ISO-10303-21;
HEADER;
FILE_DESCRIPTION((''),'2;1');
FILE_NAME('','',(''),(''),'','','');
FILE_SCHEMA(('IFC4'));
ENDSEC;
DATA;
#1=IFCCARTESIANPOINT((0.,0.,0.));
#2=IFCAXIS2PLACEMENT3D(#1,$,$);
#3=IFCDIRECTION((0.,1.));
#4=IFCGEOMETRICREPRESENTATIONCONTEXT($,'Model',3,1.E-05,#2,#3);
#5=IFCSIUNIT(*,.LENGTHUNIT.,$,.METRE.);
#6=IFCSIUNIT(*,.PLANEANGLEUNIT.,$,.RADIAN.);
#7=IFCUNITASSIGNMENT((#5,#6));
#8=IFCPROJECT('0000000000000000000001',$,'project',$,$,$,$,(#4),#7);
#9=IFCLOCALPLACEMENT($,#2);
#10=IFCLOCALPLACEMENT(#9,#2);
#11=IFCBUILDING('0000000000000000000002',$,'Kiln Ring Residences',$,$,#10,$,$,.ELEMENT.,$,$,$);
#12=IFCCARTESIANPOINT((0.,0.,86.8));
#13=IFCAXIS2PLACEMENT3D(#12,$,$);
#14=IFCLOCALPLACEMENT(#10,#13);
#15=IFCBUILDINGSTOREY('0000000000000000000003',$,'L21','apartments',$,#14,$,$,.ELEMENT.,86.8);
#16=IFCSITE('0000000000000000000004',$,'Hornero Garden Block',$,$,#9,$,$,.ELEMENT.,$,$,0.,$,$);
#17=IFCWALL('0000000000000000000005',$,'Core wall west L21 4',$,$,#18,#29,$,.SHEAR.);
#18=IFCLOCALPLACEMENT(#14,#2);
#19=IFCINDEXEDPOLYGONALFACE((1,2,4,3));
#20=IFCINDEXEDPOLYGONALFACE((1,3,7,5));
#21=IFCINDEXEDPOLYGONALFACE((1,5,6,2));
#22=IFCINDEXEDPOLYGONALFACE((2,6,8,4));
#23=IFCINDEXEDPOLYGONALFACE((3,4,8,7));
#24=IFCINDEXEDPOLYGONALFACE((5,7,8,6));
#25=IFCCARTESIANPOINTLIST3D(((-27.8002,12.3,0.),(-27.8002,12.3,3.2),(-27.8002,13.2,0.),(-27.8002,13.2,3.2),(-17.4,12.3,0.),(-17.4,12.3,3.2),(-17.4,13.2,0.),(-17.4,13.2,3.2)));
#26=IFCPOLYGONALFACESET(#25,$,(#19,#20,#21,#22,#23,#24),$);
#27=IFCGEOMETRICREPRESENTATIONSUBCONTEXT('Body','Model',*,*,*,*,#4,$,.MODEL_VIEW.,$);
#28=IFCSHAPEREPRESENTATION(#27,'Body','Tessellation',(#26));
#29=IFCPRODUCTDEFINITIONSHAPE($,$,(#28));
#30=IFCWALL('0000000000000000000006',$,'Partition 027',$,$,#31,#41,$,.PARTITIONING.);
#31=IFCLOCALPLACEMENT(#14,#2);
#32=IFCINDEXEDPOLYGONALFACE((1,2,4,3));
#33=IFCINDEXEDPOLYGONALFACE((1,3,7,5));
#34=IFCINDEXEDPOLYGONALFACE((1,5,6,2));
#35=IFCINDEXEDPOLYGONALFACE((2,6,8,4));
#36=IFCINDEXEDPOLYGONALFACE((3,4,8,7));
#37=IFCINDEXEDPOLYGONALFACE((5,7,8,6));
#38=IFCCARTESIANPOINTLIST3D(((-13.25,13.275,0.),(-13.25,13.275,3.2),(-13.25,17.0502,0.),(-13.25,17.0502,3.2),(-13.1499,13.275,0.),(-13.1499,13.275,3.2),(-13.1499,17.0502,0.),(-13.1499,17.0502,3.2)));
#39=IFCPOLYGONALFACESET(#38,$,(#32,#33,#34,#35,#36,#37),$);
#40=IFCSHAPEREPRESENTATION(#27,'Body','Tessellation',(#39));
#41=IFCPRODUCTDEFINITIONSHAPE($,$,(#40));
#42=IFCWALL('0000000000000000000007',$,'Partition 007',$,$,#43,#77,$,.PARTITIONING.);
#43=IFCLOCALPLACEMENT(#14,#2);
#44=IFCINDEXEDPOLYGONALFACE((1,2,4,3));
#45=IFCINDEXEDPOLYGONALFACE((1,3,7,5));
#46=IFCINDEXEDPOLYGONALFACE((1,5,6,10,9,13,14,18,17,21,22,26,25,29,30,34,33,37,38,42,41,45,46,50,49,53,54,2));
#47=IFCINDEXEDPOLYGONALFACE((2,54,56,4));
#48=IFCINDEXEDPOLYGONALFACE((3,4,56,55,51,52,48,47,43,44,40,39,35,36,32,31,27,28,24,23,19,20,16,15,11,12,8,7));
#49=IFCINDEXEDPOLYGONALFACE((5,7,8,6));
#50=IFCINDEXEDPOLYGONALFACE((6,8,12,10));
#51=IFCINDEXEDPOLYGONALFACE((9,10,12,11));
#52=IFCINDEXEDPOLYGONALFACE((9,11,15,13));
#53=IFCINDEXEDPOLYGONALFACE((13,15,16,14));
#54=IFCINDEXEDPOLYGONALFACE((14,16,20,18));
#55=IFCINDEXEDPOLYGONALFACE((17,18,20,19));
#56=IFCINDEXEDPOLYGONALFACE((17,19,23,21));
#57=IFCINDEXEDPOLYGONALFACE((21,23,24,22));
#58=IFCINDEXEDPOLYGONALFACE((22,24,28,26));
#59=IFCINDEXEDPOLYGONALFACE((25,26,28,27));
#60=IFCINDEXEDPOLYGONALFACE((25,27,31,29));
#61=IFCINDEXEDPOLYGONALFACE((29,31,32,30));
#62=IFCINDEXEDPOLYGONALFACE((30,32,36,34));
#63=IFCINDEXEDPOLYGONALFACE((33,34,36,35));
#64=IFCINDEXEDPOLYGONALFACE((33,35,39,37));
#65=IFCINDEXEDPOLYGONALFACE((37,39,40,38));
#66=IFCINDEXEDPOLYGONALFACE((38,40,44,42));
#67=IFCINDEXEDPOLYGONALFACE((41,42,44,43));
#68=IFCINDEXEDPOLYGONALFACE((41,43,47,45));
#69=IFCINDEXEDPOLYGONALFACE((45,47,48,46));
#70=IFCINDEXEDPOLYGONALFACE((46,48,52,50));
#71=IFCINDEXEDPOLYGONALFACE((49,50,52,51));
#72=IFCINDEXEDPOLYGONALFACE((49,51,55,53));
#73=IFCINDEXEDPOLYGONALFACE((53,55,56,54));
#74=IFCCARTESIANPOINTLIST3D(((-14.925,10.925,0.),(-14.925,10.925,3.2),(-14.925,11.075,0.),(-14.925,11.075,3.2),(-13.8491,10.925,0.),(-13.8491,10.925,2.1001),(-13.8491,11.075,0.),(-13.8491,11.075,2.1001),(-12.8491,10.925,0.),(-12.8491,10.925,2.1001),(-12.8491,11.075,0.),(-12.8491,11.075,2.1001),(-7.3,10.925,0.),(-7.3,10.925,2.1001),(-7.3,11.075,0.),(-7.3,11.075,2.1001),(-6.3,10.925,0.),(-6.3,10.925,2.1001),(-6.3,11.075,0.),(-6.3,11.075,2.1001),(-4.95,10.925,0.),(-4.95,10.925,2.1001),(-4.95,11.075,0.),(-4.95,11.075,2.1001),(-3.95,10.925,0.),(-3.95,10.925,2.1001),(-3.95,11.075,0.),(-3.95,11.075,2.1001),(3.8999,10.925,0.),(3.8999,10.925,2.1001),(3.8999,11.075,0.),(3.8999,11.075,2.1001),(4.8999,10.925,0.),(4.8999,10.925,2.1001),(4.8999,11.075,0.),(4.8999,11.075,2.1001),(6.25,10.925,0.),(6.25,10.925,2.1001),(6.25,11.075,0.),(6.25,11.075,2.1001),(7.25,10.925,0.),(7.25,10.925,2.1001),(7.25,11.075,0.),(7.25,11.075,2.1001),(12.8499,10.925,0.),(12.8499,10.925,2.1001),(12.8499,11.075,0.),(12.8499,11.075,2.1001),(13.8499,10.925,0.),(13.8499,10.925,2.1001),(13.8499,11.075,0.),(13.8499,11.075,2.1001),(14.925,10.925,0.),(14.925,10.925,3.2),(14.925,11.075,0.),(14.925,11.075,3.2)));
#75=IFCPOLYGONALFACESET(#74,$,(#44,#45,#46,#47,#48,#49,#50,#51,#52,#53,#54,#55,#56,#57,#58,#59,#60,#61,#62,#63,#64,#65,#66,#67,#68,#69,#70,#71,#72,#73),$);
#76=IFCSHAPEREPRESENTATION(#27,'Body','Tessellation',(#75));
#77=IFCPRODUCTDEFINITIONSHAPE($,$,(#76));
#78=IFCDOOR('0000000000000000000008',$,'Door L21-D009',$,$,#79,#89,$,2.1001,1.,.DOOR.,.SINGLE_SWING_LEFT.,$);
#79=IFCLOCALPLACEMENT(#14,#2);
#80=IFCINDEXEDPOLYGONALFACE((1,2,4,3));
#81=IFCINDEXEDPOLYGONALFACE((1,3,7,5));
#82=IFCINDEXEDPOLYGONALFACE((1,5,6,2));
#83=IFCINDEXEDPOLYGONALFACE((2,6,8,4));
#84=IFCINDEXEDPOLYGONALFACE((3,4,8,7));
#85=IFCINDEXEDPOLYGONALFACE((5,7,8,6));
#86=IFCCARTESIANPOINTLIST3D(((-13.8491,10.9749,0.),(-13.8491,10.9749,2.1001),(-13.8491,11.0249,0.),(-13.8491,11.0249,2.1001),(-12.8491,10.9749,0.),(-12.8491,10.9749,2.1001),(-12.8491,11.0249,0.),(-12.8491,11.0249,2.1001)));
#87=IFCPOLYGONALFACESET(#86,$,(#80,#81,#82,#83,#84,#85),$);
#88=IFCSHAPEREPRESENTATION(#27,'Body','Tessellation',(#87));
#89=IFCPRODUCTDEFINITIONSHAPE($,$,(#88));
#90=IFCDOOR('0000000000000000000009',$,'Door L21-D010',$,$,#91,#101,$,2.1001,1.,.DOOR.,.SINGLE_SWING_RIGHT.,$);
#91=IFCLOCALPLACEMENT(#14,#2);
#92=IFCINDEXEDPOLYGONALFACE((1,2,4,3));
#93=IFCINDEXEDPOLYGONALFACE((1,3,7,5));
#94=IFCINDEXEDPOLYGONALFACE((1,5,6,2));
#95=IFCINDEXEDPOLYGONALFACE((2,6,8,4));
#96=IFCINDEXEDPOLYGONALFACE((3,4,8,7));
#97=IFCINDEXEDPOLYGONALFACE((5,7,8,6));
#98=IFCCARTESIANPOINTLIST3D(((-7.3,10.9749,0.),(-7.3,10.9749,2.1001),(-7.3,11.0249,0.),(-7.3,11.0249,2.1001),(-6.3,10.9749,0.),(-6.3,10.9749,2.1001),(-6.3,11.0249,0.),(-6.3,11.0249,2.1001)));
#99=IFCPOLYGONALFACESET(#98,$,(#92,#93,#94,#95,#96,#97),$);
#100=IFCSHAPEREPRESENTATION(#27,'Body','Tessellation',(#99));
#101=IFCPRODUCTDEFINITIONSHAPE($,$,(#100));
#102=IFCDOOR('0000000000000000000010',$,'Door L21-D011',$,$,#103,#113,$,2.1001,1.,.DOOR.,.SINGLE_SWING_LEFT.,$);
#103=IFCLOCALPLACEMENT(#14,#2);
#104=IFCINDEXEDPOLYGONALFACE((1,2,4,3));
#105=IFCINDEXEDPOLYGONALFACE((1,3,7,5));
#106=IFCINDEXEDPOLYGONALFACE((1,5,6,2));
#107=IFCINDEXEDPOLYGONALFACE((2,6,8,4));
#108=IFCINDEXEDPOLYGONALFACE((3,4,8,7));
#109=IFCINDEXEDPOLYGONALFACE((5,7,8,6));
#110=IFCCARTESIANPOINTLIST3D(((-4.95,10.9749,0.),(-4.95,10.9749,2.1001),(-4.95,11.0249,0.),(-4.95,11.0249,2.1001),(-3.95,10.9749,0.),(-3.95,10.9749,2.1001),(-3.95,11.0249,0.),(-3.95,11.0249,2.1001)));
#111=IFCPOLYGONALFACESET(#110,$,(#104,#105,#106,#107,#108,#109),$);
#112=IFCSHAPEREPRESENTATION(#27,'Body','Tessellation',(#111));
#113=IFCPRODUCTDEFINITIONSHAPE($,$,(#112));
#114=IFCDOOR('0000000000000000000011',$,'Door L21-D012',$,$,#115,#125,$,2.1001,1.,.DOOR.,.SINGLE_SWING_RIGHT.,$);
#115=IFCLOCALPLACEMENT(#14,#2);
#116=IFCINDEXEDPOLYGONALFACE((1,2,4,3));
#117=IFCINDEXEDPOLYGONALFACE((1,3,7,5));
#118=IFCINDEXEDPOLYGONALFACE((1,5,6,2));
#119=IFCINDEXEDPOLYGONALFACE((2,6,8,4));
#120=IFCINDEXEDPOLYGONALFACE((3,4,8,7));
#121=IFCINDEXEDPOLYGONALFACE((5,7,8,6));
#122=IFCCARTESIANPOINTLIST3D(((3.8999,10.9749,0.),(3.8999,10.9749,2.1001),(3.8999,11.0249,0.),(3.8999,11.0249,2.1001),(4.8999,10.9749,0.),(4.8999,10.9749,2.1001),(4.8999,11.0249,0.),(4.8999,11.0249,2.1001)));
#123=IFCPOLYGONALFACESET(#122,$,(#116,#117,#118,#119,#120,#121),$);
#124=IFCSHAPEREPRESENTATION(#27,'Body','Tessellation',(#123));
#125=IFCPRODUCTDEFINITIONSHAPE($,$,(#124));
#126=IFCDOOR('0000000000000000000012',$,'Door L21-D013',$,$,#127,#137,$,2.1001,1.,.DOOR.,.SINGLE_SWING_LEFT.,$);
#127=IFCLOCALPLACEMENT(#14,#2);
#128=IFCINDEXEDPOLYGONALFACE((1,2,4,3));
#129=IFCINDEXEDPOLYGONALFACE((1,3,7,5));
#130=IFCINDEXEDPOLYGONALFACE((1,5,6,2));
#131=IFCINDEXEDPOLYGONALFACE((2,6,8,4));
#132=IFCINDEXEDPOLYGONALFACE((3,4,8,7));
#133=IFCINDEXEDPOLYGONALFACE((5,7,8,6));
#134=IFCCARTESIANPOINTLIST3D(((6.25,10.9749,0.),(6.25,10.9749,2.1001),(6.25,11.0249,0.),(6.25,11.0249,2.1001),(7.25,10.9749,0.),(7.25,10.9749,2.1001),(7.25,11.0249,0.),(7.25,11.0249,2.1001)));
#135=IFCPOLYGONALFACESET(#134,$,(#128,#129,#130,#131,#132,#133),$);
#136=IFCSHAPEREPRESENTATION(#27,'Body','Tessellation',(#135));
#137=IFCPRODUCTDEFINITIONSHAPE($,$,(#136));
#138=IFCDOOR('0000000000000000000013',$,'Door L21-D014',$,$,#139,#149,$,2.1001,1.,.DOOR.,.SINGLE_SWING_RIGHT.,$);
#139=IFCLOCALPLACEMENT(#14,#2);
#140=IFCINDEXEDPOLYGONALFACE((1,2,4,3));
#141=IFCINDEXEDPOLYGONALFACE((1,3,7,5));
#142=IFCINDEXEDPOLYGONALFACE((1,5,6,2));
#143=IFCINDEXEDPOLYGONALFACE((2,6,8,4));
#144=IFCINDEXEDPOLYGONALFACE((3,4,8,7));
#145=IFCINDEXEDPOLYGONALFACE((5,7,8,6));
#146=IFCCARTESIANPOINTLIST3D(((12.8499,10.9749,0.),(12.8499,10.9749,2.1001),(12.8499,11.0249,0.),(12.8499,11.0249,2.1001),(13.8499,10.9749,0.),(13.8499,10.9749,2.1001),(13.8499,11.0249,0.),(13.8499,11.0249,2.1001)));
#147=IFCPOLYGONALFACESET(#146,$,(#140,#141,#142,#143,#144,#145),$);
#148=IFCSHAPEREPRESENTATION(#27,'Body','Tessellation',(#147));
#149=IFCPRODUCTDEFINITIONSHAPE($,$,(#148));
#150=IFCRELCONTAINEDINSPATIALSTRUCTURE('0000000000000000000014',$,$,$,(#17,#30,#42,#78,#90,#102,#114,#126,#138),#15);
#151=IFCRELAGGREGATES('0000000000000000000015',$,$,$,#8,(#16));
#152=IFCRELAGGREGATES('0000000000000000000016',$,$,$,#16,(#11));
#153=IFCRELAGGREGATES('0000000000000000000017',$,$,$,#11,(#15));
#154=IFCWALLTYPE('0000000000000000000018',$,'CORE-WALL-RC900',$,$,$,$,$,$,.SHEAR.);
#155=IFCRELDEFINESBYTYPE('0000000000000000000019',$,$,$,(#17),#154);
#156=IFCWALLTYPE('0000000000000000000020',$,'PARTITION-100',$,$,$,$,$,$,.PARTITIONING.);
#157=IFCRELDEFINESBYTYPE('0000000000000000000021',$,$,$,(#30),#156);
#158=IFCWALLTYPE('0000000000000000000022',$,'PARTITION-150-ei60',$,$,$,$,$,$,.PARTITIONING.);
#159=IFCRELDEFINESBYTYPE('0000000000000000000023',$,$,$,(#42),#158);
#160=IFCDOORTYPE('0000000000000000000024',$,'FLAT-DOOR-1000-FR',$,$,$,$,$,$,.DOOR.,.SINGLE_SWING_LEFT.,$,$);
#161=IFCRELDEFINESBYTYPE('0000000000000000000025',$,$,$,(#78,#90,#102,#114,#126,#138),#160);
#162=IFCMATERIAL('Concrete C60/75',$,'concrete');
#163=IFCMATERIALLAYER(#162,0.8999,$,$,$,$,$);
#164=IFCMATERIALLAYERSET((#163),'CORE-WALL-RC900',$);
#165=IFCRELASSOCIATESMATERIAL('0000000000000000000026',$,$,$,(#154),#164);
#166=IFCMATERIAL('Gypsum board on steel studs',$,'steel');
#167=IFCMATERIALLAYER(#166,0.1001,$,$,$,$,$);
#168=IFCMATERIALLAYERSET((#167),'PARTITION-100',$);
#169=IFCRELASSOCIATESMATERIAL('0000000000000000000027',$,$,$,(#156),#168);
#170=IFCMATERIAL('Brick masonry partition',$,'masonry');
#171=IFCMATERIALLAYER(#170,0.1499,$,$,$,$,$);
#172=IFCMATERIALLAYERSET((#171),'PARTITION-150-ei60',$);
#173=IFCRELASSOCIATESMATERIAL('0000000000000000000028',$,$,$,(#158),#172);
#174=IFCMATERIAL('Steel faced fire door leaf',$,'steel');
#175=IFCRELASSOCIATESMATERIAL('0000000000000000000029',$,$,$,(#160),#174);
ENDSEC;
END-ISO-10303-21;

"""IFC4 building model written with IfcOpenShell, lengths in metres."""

from ifc_helpers import new_model, si_unit, direction, frame, frame_2d, origin, place, context, subcontext, project, spatial, rectangle, extrude, material, layer, layer_set, type_object, element, fill, save


model = new_model("IFC4")

# Units and contexts
model_context = context("Model", 3, precision=1e-05, world=origin(), true_north=direction((0.0, 1.0)))
body_context = subcontext(model_context, "Body", "Model", "MODEL_VIEW")
ifc_project = project(units=[si_unit("LENGTHUNIT", "METRE"), si_unit("PLANEANGLEUNIT", "RADIAN")], contexts=[model_context])

# Site, building, storey
site_placement = place(None, origin())
site = spatial("IfcSite", under=ifc_project, at=site_placement, Name="Hornero Garden Block", CompositionType="ELEMENT", RefElevation=0.0)
building_placement = place(site_placement, origin())
building = spatial("IfcBuilding", under=site, at=building_placement, Name="Kiln Ring Residences", CompositionType="ELEMENT")
storey_placement = place(building_placement, frame((0.0, 0.0, 86.8)))
storey = spatial("IfcBuildingStorey", under=building, at=storey_placement, Name="L21", Description="apartments", CompositionType="ELEMENT", Elevation=86.8)

# Walls
ifc_material_1 = material(Name="Concrete C60/75", Category="concrete")
ifc_layer_1 = layer(ifc_material_1, 0.8999)
ifc_layer_set_1 = layer_set([ifc_layer_1], Name="CORE-WALL-RC900")
wall_type_1 = type_object("IfcWallType", Name="CORE-WALL-RC900", PredefinedType="SHEAR", material=ifc_layer_set_1)
wall_1_placement = place(storey_placement, frame((-17.3999, 12.75, 0.0), z_axis=(0.0, 0.0, 1.0), x_axis=(-1.0, 0.0, 0.0)))
element("IfcWall", 1, at=wall_1_placement, inside=storey, type_object=wall_type_1, Name="Core wall west L21 4", PredefinedType="SHEAR", context=body_context, shape_type="SweptSolid", body=[
    extrude(rectangle(XDim=10.4001, YDim=0.8999, at=frame_2d((5.2002, 0.0))), origin(), (0.0, 0.0, 1.0), 3.2),
])
ifc_material_2 = material(Name="Gypsum board on steel studs", Category="steel")
ifc_layer_2 = layer(ifc_material_2, 0.1001)
ifc_layer_set_2 = layer_set([ifc_layer_2], Name="PARTITION-100")
wall_type_2 = type_object("IfcWallType", Name="PARTITION-100", PredefinedType="PARTITIONING", material=ifc_layer_set_2)
wall_2_placement = place(storey_placement, frame((-13.2, 13.2749, 0.0), z_axis=(0.0, 0.0, 1.0), x_axis=(0.0, 1.0, 0.0)))
element("IfcWall", 2, at=wall_2_placement, inside=storey, type_object=wall_type_2, Name="Partition 027", PredefinedType="PARTITIONING", context=body_context, shape_type="SweptSolid", body=[
    extrude(rectangle(XDim=3.7751, YDim=0.1001, at=frame_2d((1.8877, 0.0))), origin(), (0.0, 0.0, 1.0), 3.2),
])

# Wall, openings, doors
ifc_material_3 = material(Name="Brick masonry partition", Category="masonry")
ifc_layer_3 = layer(ifc_material_3, 0.1499)
ifc_layer_set_3 = layer_set([ifc_layer_3], Name="PARTITION-150-ei60")
wall_type_3 = type_object("IfcWallType", Name="PARTITION-150-ei60", PredefinedType="PARTITIONING", material=ifc_layer_set_3)
wall_3_placement = place(storey_placement, frame((-14.925, 11.0, 0.0), z_axis=(0.0, 0.0, 1.0), x_axis=(1.0, 0.0, 0.0)))
wall_3 = element("IfcWall", 3, at=wall_3_placement, inside=storey, type_object=wall_type_3, Name="Partition 007", PredefinedType="PARTITIONING", context=body_context, shape_type="SweptSolid", body=[
    extrude(rectangle(XDim=29.8501, YDim=0.1499, at=frame_2d((14.925, 0.0))), origin(), (0.0, 0.0, 1.0), 3.2),
])
opening_1_placement = place(wall_3_placement, frame((1.0759, 0.0, 0.0)))
opening_1 = element("IfcOpeningElement", 4, at=opening_1_placement, cuts=wall_3, PredefinedType="OPENING", context=body_context, shape_type="SweptSolid", body=[
    extrude(rectangle(XDim=1.0, YDim=2.1001, at=frame_2d((0.5, 1.05))), frame((0.0, 0.085, 0.0), z_axis=(0.0, -1.0, 0.0), x_axis=(1.0, 0.0, 0.0)), (0.0, 0.0, 1.0), 0.1699),
])
opening_2_placement = place(wall_3_placement, frame((7.625, 0.0, 0.0)))
opening_2 = element("IfcOpeningElement", 5, at=opening_2_placement, cuts=wall_3, PredefinedType="OPENING", context=body_context, shape_type="SweptSolid", body=[
    extrude(rectangle(XDim=1.0, YDim=2.1001, at=frame_2d((0.5, 1.05))), frame((0.0, 0.085, 0.0), z_axis=(0.0, -1.0, 0.0), x_axis=(1.0, 0.0, 0.0)), (0.0, 0.0, 1.0), 0.1699),
])
opening_3_placement = place(wall_3_placement, frame((9.9751, 0.0, 0.0)))
opening_3 = element("IfcOpeningElement", 6, at=opening_3_placement, cuts=wall_3, PredefinedType="OPENING", context=body_context, shape_type="SweptSolid", body=[
    extrude(rectangle(XDim=1.0, YDim=2.1001, at=frame_2d((0.5, 1.05))), frame((0.0, 0.085, 0.0), z_axis=(0.0, -1.0, 0.0), x_axis=(1.0, 0.0, 0.0)), (0.0, 0.0, 1.0), 0.1699),
])
opening_4_placement = place(wall_3_placement, frame((18.825, 0.0, 0.0)))
opening_4 = element("IfcOpeningElement", 7, at=opening_4_placement, cuts=wall_3, PredefinedType="OPENING", context=body_context, shape_type="SweptSolid", body=[
    extrude(rectangle(XDim=1.0, YDim=2.1001, at=frame_2d((0.5, 1.05))), frame((0.0, 0.085, 0.0), z_axis=(0.0, -1.0, 0.0), x_axis=(1.0, 0.0, 0.0)), (0.0, 0.0, 1.0), 0.1699),
])
opening_5_placement = place(wall_3_placement, frame((21.175, 0.0, 0.0)))
opening_5 = element("IfcOpeningElement", 8, at=opening_5_placement, cuts=wall_3, PredefinedType="OPENING", context=body_context, shape_type="SweptSolid", body=[
    extrude(rectangle(XDim=1.0, YDim=2.1001, at=frame_2d((0.5, 1.05))), frame((0.0, 0.085, 0.0), z_axis=(0.0, -1.0, 0.0), x_axis=(1.0, 0.0, 0.0)), (0.0, 0.0, 1.0), 0.1699),
])
opening_6_placement = place(wall_3_placement, frame((27.7749, 0.0, 0.0)))
opening_6 = element("IfcOpeningElement", 9, at=opening_6_placement, cuts=wall_3, PredefinedType="OPENING", context=body_context, shape_type="SweptSolid", body=[
    extrude(rectangle(XDim=1.0, YDim=2.1001, at=frame_2d((0.5, 1.05))), frame((0.0, 0.085, 0.0), z_axis=(0.0, -1.0, 0.0), x_axis=(1.0, 0.0, 0.0)), (0.0, 0.0, 1.0), 0.1699),
])
ifc_material_4 = material(Name="Steel faced fire door leaf", Category="steel")
door_type = type_object("IfcDoorType", Name="FLAT-DOOR-1000-FR", OperationType="SINGLE_SWING_LEFT", PredefinedType="DOOR", material=ifc_material_4)
door_1_placement = place(opening_1_placement, origin())
door_1 = element("IfcDoor", 10, at=door_1_placement, inside=storey, type_object=door_type, Name="Door L21-D009", OperationType="SINGLE_SWING_LEFT", OverallHeight=2.1001, OverallWidth=1.0, PredefinedType="DOOR", context=body_context, shape_type="SweptSolid", body=[
    extrude(rectangle(XDim=1.0, YDim=2.1001, at=frame_2d((0.5, 1.05))), frame((0.0, 0.0249, 0.0), z_axis=(0.0, -1.0, 0.0), x_axis=(1.0, 0.0, 0.0)), (0.0, 0.0, 1.0), 0.05),
])
fill(opening_1, door_1)
door_2_placement = place(opening_2_placement, origin())
door_2 = element("IfcDoor", 11, at=door_2_placement, inside=storey, type_object=door_type, Name="Door L21-D010", OperationType="SINGLE_SWING_RIGHT", OverallHeight=2.1001, OverallWidth=1.0, PredefinedType="DOOR", context=body_context, shape_type="SweptSolid", body=[
    extrude(rectangle(XDim=1.0, YDim=2.1001, at=frame_2d((0.5, 1.05))), frame((0.0, 0.0249, 0.0), z_axis=(0.0, -1.0, 0.0), x_axis=(1.0, 0.0, 0.0)), (0.0, 0.0, 1.0), 0.05),
])
fill(opening_2, door_2)
door_3_placement = place(opening_3_placement, origin())
door_3 = element("IfcDoor", 12, at=door_3_placement, inside=storey, type_object=door_type, Name="Door L21-D011", OperationType="SINGLE_SWING_LEFT", OverallHeight=2.1001, OverallWidth=1.0, PredefinedType="DOOR", context=body_context, shape_type="SweptSolid", body=[
    extrude(rectangle(XDim=1.0, YDim=2.1001, at=frame_2d((0.5, 1.05))), frame((0.0, 0.0249, 0.0), z_axis=(0.0, -1.0, 0.0), x_axis=(1.0, 0.0, 0.0)), (0.0, 0.0, 1.0), 0.05),
])
fill(opening_3, door_3)
door_4_placement = place(opening_4_placement, origin())
door_4 = element("IfcDoor", 13, at=door_4_placement, inside=storey, type_object=door_type, Name="Door L21-D012", OperationType="SINGLE_SWING_RIGHT", OverallHeight=2.1001, OverallWidth=1.0, PredefinedType="DOOR", context=body_context, shape_type="SweptSolid", body=[
    extrude(rectangle(XDim=1.0, YDim=2.1001, at=frame_2d((0.5, 1.05))), frame((0.0, 0.0249, 0.0), z_axis=(0.0, -1.0, 0.0), x_axis=(1.0, 0.0, 0.0)), (0.0, 0.0, 1.0), 0.05),
])
fill(opening_4, door_4)
door_5_placement = place(opening_5_placement, origin())
door_5 = element("IfcDoor", 14, at=door_5_placement, inside=storey, type_object=door_type, Name="Door L21-D013", OperationType="SINGLE_SWING_LEFT", OverallHeight=2.1001, OverallWidth=1.0, PredefinedType="DOOR", context=body_context, shape_type="SweptSolid", body=[
    extrude(rectangle(XDim=1.0, YDim=2.1001, at=frame_2d((0.5, 1.05))), frame((0.0, 0.0249, 0.0), z_axis=(0.0, -1.0, 0.0), x_axis=(1.0, 0.0, 0.0)), (0.0, 0.0, 1.0), 0.05),
])
fill(opening_5, door_5)
door_6_placement = place(opening_6_placement, origin())
door_6 = element("IfcDoor", 15, at=door_6_placement, inside=storey, type_object=door_type, Name="Door L21-D014", OperationType="SINGLE_SWING_RIGHT", OverallHeight=2.1001, OverallWidth=1.0, PredefinedType="DOOR", context=body_context, shape_type="SweptSolid", body=[
    extrude(rectangle(XDim=1.0, YDim=2.1001, at=frame_2d((0.5, 1.05))), frame((0.0, 0.0249, 0.0), z_axis=(0.0, -1.0, 0.0), x_axis=(1.0, 0.0, 0.0)), (0.0, 0.0, 1.0), 0.05),
])
fill(opening_6, door_6)

save(model, "model.ifc")
